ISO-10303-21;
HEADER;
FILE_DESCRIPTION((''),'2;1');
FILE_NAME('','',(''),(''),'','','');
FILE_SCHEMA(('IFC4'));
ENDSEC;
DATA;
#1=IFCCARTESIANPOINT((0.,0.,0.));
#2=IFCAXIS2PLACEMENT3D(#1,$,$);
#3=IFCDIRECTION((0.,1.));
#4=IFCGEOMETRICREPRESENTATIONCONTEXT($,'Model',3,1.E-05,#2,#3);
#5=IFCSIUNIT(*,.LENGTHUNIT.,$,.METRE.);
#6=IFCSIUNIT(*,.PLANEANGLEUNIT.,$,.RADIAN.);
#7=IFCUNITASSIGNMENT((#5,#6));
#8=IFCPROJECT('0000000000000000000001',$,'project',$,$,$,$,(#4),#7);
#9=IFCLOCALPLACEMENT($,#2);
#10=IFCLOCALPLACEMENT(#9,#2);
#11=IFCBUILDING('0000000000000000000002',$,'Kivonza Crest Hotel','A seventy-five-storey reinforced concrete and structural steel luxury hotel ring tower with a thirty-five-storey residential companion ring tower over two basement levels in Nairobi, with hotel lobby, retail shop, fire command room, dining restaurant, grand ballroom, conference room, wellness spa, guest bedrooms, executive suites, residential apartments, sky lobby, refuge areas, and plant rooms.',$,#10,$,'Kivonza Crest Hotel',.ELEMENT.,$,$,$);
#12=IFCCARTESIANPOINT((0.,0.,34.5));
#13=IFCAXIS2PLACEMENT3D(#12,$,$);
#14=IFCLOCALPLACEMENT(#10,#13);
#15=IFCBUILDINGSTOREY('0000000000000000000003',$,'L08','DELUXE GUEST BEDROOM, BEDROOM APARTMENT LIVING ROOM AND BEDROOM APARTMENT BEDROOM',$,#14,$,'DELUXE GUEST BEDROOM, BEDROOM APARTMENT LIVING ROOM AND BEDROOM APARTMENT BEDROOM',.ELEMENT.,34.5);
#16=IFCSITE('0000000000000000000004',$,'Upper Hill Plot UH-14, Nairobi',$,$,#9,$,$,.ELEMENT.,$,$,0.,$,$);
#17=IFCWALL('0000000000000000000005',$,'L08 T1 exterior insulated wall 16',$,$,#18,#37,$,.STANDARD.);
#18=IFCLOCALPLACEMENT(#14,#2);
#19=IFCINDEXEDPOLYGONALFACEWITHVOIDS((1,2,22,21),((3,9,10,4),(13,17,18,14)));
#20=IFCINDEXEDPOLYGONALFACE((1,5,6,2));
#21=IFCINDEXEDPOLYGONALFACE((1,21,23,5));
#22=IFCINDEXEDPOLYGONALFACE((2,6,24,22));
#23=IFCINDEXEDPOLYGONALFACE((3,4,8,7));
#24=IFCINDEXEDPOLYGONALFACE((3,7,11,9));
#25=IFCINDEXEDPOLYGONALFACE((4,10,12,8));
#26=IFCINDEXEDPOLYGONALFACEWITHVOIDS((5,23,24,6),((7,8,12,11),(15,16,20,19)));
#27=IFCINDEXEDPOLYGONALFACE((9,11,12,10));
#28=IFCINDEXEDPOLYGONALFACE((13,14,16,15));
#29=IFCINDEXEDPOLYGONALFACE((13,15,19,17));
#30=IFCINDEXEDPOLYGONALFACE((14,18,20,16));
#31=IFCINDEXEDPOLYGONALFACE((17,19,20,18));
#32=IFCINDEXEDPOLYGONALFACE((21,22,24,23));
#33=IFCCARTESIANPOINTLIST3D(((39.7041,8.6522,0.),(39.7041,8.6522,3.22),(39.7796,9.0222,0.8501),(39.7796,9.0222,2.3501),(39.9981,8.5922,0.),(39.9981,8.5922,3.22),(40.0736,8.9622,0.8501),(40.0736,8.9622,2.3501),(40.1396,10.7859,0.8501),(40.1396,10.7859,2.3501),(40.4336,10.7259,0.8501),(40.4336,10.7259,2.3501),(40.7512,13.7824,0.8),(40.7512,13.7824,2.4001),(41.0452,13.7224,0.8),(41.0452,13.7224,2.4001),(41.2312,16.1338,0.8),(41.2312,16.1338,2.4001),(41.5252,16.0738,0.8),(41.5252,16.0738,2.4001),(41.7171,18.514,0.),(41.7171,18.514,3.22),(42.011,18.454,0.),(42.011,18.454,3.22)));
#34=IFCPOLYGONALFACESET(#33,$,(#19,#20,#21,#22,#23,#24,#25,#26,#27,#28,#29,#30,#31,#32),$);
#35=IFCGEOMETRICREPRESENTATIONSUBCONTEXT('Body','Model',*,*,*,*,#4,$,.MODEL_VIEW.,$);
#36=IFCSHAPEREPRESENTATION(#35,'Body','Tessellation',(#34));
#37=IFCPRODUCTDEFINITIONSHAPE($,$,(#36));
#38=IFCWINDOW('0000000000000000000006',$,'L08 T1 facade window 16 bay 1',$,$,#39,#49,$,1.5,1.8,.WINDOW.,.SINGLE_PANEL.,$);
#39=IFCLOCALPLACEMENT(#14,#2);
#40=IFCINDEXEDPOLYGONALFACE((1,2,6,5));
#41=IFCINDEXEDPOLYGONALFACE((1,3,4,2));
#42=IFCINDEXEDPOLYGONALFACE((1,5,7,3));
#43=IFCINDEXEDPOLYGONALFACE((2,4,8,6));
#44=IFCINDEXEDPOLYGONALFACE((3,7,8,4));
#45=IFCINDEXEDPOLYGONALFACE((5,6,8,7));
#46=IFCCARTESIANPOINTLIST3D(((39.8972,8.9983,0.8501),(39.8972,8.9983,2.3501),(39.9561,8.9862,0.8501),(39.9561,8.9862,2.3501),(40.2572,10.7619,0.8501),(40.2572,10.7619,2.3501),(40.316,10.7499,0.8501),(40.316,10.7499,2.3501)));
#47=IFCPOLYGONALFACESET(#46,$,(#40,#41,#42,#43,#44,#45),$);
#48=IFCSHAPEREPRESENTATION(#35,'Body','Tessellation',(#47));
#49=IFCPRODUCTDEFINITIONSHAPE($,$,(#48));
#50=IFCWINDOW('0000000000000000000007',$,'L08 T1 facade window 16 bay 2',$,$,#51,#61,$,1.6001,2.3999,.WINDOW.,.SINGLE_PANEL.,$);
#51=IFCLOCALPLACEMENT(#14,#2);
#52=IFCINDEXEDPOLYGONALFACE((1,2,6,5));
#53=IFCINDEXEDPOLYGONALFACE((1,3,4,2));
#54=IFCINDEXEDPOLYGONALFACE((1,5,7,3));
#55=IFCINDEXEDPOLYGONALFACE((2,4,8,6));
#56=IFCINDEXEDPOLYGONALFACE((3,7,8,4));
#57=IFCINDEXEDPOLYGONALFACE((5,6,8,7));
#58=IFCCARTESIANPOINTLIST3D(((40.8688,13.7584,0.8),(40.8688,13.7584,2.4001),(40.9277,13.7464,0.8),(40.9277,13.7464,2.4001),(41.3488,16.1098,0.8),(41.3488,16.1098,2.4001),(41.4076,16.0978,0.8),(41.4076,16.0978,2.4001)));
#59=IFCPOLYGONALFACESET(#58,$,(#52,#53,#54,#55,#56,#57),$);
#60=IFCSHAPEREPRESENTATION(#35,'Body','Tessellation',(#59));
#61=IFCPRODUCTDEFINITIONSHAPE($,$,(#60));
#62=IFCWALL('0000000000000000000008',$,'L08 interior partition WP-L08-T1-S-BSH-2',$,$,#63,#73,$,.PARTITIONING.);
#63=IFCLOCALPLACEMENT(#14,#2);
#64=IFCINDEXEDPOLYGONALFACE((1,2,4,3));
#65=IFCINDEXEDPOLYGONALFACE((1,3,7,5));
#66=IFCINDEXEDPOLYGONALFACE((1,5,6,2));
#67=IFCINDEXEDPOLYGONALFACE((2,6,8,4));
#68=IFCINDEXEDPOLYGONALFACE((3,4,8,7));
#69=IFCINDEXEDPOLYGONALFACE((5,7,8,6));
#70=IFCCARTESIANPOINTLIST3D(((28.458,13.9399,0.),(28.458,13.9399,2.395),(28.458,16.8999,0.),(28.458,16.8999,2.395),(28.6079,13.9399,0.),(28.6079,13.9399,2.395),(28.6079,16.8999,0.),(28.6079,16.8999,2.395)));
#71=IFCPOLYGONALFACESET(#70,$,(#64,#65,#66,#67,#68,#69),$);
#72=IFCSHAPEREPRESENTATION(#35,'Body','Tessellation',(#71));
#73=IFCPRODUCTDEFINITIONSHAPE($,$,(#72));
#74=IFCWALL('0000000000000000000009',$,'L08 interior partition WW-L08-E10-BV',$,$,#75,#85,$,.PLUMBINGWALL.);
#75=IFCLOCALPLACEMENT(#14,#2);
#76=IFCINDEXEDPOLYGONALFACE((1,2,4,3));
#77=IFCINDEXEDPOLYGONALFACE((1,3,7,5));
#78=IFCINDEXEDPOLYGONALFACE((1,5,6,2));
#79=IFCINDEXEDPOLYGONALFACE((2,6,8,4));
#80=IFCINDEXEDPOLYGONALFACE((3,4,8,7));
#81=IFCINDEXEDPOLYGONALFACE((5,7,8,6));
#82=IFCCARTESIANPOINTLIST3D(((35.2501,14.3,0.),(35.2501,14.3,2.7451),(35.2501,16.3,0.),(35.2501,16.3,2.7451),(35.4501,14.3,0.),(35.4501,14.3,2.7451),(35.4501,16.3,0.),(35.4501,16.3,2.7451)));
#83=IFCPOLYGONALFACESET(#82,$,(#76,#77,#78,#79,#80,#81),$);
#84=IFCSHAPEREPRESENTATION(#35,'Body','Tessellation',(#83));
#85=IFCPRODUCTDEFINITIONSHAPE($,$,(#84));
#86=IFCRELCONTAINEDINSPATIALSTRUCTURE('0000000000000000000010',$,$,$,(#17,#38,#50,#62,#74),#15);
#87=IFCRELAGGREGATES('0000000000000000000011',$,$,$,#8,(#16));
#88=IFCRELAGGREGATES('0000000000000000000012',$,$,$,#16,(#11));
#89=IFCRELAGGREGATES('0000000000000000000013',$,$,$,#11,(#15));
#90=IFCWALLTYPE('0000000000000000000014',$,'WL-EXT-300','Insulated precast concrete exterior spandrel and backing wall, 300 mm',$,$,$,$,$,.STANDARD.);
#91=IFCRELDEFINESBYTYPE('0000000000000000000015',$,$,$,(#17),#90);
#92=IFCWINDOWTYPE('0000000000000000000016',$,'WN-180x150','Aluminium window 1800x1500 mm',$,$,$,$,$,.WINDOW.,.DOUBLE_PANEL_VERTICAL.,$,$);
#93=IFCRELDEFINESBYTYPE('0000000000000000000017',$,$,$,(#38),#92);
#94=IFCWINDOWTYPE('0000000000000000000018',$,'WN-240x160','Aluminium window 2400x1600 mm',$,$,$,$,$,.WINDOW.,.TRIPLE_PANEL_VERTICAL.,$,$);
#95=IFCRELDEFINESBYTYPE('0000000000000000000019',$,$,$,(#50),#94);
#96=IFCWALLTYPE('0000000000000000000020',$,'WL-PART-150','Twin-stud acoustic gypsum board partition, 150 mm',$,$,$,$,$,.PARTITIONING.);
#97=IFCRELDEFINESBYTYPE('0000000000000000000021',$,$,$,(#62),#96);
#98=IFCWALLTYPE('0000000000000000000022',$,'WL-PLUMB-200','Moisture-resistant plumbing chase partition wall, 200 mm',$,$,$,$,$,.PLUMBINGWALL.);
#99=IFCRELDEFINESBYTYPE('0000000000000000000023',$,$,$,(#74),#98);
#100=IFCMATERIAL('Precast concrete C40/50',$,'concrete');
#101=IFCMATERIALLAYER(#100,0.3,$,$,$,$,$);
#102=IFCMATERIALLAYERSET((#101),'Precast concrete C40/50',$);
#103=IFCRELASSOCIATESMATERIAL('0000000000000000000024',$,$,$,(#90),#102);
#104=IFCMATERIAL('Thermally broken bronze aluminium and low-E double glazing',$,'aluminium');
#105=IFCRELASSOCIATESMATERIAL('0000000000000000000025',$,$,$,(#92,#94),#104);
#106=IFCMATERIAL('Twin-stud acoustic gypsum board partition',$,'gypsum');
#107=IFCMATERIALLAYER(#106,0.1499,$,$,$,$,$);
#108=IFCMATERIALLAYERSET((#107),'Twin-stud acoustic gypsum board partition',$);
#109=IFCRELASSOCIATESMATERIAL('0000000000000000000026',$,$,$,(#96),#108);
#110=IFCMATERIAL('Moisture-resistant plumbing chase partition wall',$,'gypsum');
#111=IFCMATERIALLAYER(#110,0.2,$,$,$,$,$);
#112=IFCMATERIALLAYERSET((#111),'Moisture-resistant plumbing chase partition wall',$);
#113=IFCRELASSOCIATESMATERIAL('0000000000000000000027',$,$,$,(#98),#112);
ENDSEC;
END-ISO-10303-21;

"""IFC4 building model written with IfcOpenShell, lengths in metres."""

from ifc_helpers import new_model, si_unit, direction, frame, frame_2d, origin, place, context, subcontext, project, spatial, rectangle, extrude, material, layer, layer_set, type_object, element, fill, save


model = new_model("IFC4")

# Units and contexts
model_context = context("Model", 3, precision=1e-05, world=origin(), true_north=direction((0.0, 1.0)))
body_context = subcontext(model_context, "Body", "Model", "MODEL_VIEW")
ifc_project = project(units=[si_unit("LENGTHUNIT", "METRE"), si_unit("PLANEANGLEUNIT", "RADIAN")], contexts=[model_context])

# Site, building, storey
site_placement = place(None, origin())
site = spatial("IfcSite", under=ifc_project, at=site_placement, Name="Upper Hill Plot UH-14, Nairobi", CompositionType="ELEMENT", RefElevation=0.0)
building_placement = place(site_placement, origin())
building = spatial("IfcBuilding", under=site, at=building_placement, Name="Kivonza Crest Hotel", Description="A seventy-five-storey reinforced concrete and structural steel luxury hotel ring tower with a thirty-five-storey residential companion ring tower over two basement levels in Nairobi, with hotel lobby, retail shop, fire command room, dining restaurant, grand ballroom, conference room, wellness spa, guest bedrooms, executive suites, residential apartments, sky lobby, refuge areas, and plant rooms.", LongName="Kivonza Crest Hotel", CompositionType="ELEMENT")
storey_placement = place(building_placement, frame((0.0, 0.0, 34.5)))
storey = spatial("IfcBuildingStorey", under=building, at=storey_placement, Name="L08", Description="DELUXE GUEST BEDROOM, BEDROOM APARTMENT LIVING ROOM AND BEDROOM APARTMENT BEDROOM", LongName="DELUXE GUEST BEDROOM, BEDROOM APARTMENT LIVING ROOM AND BEDROOM APARTMENT BEDROOM", CompositionType="ELEMENT", Elevation=34.5)

# Shared definitions
ifc_material_1 = material(Name="Precast concrete C40/50", Category="concrete")
ifc_layer_1 = layer(ifc_material_1, 0.3)
ifc_layer_set_1 = layer_set([ifc_layer_1], Name="Precast concrete C40/50")
wall_type_1 = type_object("IfcWallType", Name="WL-EXT-300", Description="Insulated precast concrete exterior spandrel and backing wall, 300 mm", PredefinedType="STANDARD", material=ifc_layer_set_1)

# Wall, openings, windows
wall_1_placement = place(storey_placement, frame((39.8511, 8.6221, 0.0), z_axis=(0.0, 0.0, 1.0), x_axis=(0.199991, 0.979798, 0.0)))
wall_1 = element("IfcWall", 1, at=wall_1_placement, inside=storey, type_object=wall_type_1, Name="L08 T1 exterior insulated wall 16", PredefinedType="STANDARD", context=body_context, shape_type="SweptSolid", body=[
    extrude(rectangle(XDim=10.0652, YDim=0.3, at=frame_2d((5.0327, 0.0))), origin(), (0.0, 0.0, 1.0), 3.22),
])
opening_1_placement = place(wall_1_placement, frame((0.3779, 0.0, 0.8501)))
opening_1 = element("IfcOpeningElement", 2, at=opening_1_placement, cuts=wall_1, PredefinedType="OPENING", context=body_context, shape_type="SweptSolid", body=[
    extrude(rectangle(XDim=1.8, YDim=1.5, at=frame_2d((0.8999, 0.75))), frame((0.0, 0.1602, 0.0), z_axis=(0.0, -1.0, 0.0), x_axis=(1.0, 0.0, 0.0)), (0.0, 0.0, 1.0), 0.3201),
])
opening_2_placement = place(wall_1_placement, frame((5.2361, 0.0, 0.8)))
opening_2 = element("IfcOpeningElement", 3, at=opening_2_placement, cuts=wall_1, PredefinedType="OPENING", context=body_context, shape_type="SweptSolid", body=[
    extrude(rectangle(XDim=2.3999, YDim=1.6001, at=frame_2d((1.2, 0.8))), frame((0.0, 0.1602, 0.0), z_axis=(0.0, -1.0, 0.0), x_axis=(1.0, 0.0, 0.0)), (0.0, 0.0, 1.0), 0.3201),
])
ifc_material_2 = material(Name="Thermally broken bronze aluminium and low-E double glazing", Category="aluminium")
window_type_1 = type_object("IfcWindowType", Name="WN-180x150", Description="Aluminium window 1800x1500 mm", PartitioningType="DOUBLE_PANEL_VERTICAL", PredefinedType="WINDOW", material=ifc_material_2)
window_1_placement = place(opening_1_placement, origin())
window_1 = element("IfcWindow", 4, at=window_1_placement, inside=storey, type_object=window_type_1, Name="L08 T1 facade window 16 bay 1", OverallHeight=1.5, OverallWidth=1.8, PartitioningType="SINGLE_PANEL", PredefinedType="WINDOW", context=body_context, shape_type="SweptSolid", body=[
    extrude(rectangle(XDim=1.8, YDim=1.5, at=frame_2d((0.8999, 0.75))), frame((0.0, 0.03, 0.0), z_axis=(0.0, -1.0, 0.0), x_axis=(1.0, 0.0, 0.0)), (0.0, 0.0, 1.0), 0.0601),
])
fill(opening_1, window_1)
window_type_2 = type_object("IfcWindowType", Name="WN-240x160", Description="Aluminium window 2400x1600 mm", PartitioningType="TRIPLE_PANEL_VERTICAL", PredefinedType="WINDOW", material=ifc_material_2)
window_2_placement = place(opening_2_placement, origin())
window_2 = element("IfcWindow", 5, at=window_2_placement, inside=storey, type_object=window_type_2, Name="L08 T1 facade window 16 bay 2", OverallHeight=1.6001, OverallWidth=2.3999, PartitioningType="SINGLE_PANEL", PredefinedType="WINDOW", context=body_context, shape_type="SweptSolid", body=[
    extrude(rectangle(XDim=2.3999, YDim=1.6001, at=frame_2d((1.2, 0.8))), frame((0.0, 0.03, 0.0), z_axis=(0.0, -1.0, 0.0), x_axis=(1.0, 0.0, 0.0)), (0.0, 0.0, 1.0), 0.0601),
])
fill(opening_2, window_2)

# Walls
ifc_material_3 = material(Name="Twin-stud acoustic gypsum board partition", Category="gypsum")
ifc_layer_2 = layer(ifc_material_3, 0.1499)
ifc_layer_set_2 = layer_set([ifc_layer_2], Name="Twin-stud acoustic gypsum board partition")
wall_type_2 = type_object("IfcWallType", Name="WL-PART-150", Description="Twin-stud acoustic gypsum board partition, 150 mm", PredefinedType="PARTITIONING", material=ifc_layer_set_2)
wall_2_placement = place(storey_placement, frame((28.533, 13.9399, 0.0), z_axis=(0.0, 0.0, 1.0), x_axis=(0.0, 1.0, 0.0)))
element("IfcWall", 6, at=wall_2_placement, inside=storey, type_object=wall_type_2, Name="L08 interior partition WP-L08-T1-S-BSH-2", PredefinedType="PARTITIONING", context=body_context, shape_type="SweptSolid", body=[
    extrude(rectangle(XDim=2.96, YDim=0.1499, at=frame_2d((1.48, 0.0))), origin(), (0.0, 0.0, 1.0), 2.395),
])
ifc_material_4 = material(Name="Moisture-resistant plumbing chase partition wall", Category="gypsum")
ifc_layer_3 = layer(ifc_material_4, 0.2)
ifc_layer_set_3 = layer_set([ifc_layer_3], Name="Moisture-resistant plumbing chase partition wall")
wall_type_3 = type_object("IfcWallType", Name="WL-PLUMB-200", Description="Moisture-resistant plumbing chase partition wall, 200 mm", PredefinedType="PLUMBINGWALL", material=ifc_layer_set_3)
wall_3_placement = place(storey_placement, frame((35.3501, 14.3, 0.0), z_axis=(0.0, 0.0, 1.0), x_axis=(0.0, 1.0, 0.0)))
element("IfcWall", 7, at=wall_3_placement, inside=storey, type_object=wall_type_3, Name="L08 interior partition WW-L08-E10-BV", PredefinedType="PLUMBINGWALL", context=body_context, shape_type="SweptSolid", body=[
    extrude(rectangle(XDim=2.0, YDim=0.2, at=frame_2d((1.0, 0.0))), origin(), (0.0, 0.0, 1.0), 2.7451),
])

save(model, "model.ifc")
